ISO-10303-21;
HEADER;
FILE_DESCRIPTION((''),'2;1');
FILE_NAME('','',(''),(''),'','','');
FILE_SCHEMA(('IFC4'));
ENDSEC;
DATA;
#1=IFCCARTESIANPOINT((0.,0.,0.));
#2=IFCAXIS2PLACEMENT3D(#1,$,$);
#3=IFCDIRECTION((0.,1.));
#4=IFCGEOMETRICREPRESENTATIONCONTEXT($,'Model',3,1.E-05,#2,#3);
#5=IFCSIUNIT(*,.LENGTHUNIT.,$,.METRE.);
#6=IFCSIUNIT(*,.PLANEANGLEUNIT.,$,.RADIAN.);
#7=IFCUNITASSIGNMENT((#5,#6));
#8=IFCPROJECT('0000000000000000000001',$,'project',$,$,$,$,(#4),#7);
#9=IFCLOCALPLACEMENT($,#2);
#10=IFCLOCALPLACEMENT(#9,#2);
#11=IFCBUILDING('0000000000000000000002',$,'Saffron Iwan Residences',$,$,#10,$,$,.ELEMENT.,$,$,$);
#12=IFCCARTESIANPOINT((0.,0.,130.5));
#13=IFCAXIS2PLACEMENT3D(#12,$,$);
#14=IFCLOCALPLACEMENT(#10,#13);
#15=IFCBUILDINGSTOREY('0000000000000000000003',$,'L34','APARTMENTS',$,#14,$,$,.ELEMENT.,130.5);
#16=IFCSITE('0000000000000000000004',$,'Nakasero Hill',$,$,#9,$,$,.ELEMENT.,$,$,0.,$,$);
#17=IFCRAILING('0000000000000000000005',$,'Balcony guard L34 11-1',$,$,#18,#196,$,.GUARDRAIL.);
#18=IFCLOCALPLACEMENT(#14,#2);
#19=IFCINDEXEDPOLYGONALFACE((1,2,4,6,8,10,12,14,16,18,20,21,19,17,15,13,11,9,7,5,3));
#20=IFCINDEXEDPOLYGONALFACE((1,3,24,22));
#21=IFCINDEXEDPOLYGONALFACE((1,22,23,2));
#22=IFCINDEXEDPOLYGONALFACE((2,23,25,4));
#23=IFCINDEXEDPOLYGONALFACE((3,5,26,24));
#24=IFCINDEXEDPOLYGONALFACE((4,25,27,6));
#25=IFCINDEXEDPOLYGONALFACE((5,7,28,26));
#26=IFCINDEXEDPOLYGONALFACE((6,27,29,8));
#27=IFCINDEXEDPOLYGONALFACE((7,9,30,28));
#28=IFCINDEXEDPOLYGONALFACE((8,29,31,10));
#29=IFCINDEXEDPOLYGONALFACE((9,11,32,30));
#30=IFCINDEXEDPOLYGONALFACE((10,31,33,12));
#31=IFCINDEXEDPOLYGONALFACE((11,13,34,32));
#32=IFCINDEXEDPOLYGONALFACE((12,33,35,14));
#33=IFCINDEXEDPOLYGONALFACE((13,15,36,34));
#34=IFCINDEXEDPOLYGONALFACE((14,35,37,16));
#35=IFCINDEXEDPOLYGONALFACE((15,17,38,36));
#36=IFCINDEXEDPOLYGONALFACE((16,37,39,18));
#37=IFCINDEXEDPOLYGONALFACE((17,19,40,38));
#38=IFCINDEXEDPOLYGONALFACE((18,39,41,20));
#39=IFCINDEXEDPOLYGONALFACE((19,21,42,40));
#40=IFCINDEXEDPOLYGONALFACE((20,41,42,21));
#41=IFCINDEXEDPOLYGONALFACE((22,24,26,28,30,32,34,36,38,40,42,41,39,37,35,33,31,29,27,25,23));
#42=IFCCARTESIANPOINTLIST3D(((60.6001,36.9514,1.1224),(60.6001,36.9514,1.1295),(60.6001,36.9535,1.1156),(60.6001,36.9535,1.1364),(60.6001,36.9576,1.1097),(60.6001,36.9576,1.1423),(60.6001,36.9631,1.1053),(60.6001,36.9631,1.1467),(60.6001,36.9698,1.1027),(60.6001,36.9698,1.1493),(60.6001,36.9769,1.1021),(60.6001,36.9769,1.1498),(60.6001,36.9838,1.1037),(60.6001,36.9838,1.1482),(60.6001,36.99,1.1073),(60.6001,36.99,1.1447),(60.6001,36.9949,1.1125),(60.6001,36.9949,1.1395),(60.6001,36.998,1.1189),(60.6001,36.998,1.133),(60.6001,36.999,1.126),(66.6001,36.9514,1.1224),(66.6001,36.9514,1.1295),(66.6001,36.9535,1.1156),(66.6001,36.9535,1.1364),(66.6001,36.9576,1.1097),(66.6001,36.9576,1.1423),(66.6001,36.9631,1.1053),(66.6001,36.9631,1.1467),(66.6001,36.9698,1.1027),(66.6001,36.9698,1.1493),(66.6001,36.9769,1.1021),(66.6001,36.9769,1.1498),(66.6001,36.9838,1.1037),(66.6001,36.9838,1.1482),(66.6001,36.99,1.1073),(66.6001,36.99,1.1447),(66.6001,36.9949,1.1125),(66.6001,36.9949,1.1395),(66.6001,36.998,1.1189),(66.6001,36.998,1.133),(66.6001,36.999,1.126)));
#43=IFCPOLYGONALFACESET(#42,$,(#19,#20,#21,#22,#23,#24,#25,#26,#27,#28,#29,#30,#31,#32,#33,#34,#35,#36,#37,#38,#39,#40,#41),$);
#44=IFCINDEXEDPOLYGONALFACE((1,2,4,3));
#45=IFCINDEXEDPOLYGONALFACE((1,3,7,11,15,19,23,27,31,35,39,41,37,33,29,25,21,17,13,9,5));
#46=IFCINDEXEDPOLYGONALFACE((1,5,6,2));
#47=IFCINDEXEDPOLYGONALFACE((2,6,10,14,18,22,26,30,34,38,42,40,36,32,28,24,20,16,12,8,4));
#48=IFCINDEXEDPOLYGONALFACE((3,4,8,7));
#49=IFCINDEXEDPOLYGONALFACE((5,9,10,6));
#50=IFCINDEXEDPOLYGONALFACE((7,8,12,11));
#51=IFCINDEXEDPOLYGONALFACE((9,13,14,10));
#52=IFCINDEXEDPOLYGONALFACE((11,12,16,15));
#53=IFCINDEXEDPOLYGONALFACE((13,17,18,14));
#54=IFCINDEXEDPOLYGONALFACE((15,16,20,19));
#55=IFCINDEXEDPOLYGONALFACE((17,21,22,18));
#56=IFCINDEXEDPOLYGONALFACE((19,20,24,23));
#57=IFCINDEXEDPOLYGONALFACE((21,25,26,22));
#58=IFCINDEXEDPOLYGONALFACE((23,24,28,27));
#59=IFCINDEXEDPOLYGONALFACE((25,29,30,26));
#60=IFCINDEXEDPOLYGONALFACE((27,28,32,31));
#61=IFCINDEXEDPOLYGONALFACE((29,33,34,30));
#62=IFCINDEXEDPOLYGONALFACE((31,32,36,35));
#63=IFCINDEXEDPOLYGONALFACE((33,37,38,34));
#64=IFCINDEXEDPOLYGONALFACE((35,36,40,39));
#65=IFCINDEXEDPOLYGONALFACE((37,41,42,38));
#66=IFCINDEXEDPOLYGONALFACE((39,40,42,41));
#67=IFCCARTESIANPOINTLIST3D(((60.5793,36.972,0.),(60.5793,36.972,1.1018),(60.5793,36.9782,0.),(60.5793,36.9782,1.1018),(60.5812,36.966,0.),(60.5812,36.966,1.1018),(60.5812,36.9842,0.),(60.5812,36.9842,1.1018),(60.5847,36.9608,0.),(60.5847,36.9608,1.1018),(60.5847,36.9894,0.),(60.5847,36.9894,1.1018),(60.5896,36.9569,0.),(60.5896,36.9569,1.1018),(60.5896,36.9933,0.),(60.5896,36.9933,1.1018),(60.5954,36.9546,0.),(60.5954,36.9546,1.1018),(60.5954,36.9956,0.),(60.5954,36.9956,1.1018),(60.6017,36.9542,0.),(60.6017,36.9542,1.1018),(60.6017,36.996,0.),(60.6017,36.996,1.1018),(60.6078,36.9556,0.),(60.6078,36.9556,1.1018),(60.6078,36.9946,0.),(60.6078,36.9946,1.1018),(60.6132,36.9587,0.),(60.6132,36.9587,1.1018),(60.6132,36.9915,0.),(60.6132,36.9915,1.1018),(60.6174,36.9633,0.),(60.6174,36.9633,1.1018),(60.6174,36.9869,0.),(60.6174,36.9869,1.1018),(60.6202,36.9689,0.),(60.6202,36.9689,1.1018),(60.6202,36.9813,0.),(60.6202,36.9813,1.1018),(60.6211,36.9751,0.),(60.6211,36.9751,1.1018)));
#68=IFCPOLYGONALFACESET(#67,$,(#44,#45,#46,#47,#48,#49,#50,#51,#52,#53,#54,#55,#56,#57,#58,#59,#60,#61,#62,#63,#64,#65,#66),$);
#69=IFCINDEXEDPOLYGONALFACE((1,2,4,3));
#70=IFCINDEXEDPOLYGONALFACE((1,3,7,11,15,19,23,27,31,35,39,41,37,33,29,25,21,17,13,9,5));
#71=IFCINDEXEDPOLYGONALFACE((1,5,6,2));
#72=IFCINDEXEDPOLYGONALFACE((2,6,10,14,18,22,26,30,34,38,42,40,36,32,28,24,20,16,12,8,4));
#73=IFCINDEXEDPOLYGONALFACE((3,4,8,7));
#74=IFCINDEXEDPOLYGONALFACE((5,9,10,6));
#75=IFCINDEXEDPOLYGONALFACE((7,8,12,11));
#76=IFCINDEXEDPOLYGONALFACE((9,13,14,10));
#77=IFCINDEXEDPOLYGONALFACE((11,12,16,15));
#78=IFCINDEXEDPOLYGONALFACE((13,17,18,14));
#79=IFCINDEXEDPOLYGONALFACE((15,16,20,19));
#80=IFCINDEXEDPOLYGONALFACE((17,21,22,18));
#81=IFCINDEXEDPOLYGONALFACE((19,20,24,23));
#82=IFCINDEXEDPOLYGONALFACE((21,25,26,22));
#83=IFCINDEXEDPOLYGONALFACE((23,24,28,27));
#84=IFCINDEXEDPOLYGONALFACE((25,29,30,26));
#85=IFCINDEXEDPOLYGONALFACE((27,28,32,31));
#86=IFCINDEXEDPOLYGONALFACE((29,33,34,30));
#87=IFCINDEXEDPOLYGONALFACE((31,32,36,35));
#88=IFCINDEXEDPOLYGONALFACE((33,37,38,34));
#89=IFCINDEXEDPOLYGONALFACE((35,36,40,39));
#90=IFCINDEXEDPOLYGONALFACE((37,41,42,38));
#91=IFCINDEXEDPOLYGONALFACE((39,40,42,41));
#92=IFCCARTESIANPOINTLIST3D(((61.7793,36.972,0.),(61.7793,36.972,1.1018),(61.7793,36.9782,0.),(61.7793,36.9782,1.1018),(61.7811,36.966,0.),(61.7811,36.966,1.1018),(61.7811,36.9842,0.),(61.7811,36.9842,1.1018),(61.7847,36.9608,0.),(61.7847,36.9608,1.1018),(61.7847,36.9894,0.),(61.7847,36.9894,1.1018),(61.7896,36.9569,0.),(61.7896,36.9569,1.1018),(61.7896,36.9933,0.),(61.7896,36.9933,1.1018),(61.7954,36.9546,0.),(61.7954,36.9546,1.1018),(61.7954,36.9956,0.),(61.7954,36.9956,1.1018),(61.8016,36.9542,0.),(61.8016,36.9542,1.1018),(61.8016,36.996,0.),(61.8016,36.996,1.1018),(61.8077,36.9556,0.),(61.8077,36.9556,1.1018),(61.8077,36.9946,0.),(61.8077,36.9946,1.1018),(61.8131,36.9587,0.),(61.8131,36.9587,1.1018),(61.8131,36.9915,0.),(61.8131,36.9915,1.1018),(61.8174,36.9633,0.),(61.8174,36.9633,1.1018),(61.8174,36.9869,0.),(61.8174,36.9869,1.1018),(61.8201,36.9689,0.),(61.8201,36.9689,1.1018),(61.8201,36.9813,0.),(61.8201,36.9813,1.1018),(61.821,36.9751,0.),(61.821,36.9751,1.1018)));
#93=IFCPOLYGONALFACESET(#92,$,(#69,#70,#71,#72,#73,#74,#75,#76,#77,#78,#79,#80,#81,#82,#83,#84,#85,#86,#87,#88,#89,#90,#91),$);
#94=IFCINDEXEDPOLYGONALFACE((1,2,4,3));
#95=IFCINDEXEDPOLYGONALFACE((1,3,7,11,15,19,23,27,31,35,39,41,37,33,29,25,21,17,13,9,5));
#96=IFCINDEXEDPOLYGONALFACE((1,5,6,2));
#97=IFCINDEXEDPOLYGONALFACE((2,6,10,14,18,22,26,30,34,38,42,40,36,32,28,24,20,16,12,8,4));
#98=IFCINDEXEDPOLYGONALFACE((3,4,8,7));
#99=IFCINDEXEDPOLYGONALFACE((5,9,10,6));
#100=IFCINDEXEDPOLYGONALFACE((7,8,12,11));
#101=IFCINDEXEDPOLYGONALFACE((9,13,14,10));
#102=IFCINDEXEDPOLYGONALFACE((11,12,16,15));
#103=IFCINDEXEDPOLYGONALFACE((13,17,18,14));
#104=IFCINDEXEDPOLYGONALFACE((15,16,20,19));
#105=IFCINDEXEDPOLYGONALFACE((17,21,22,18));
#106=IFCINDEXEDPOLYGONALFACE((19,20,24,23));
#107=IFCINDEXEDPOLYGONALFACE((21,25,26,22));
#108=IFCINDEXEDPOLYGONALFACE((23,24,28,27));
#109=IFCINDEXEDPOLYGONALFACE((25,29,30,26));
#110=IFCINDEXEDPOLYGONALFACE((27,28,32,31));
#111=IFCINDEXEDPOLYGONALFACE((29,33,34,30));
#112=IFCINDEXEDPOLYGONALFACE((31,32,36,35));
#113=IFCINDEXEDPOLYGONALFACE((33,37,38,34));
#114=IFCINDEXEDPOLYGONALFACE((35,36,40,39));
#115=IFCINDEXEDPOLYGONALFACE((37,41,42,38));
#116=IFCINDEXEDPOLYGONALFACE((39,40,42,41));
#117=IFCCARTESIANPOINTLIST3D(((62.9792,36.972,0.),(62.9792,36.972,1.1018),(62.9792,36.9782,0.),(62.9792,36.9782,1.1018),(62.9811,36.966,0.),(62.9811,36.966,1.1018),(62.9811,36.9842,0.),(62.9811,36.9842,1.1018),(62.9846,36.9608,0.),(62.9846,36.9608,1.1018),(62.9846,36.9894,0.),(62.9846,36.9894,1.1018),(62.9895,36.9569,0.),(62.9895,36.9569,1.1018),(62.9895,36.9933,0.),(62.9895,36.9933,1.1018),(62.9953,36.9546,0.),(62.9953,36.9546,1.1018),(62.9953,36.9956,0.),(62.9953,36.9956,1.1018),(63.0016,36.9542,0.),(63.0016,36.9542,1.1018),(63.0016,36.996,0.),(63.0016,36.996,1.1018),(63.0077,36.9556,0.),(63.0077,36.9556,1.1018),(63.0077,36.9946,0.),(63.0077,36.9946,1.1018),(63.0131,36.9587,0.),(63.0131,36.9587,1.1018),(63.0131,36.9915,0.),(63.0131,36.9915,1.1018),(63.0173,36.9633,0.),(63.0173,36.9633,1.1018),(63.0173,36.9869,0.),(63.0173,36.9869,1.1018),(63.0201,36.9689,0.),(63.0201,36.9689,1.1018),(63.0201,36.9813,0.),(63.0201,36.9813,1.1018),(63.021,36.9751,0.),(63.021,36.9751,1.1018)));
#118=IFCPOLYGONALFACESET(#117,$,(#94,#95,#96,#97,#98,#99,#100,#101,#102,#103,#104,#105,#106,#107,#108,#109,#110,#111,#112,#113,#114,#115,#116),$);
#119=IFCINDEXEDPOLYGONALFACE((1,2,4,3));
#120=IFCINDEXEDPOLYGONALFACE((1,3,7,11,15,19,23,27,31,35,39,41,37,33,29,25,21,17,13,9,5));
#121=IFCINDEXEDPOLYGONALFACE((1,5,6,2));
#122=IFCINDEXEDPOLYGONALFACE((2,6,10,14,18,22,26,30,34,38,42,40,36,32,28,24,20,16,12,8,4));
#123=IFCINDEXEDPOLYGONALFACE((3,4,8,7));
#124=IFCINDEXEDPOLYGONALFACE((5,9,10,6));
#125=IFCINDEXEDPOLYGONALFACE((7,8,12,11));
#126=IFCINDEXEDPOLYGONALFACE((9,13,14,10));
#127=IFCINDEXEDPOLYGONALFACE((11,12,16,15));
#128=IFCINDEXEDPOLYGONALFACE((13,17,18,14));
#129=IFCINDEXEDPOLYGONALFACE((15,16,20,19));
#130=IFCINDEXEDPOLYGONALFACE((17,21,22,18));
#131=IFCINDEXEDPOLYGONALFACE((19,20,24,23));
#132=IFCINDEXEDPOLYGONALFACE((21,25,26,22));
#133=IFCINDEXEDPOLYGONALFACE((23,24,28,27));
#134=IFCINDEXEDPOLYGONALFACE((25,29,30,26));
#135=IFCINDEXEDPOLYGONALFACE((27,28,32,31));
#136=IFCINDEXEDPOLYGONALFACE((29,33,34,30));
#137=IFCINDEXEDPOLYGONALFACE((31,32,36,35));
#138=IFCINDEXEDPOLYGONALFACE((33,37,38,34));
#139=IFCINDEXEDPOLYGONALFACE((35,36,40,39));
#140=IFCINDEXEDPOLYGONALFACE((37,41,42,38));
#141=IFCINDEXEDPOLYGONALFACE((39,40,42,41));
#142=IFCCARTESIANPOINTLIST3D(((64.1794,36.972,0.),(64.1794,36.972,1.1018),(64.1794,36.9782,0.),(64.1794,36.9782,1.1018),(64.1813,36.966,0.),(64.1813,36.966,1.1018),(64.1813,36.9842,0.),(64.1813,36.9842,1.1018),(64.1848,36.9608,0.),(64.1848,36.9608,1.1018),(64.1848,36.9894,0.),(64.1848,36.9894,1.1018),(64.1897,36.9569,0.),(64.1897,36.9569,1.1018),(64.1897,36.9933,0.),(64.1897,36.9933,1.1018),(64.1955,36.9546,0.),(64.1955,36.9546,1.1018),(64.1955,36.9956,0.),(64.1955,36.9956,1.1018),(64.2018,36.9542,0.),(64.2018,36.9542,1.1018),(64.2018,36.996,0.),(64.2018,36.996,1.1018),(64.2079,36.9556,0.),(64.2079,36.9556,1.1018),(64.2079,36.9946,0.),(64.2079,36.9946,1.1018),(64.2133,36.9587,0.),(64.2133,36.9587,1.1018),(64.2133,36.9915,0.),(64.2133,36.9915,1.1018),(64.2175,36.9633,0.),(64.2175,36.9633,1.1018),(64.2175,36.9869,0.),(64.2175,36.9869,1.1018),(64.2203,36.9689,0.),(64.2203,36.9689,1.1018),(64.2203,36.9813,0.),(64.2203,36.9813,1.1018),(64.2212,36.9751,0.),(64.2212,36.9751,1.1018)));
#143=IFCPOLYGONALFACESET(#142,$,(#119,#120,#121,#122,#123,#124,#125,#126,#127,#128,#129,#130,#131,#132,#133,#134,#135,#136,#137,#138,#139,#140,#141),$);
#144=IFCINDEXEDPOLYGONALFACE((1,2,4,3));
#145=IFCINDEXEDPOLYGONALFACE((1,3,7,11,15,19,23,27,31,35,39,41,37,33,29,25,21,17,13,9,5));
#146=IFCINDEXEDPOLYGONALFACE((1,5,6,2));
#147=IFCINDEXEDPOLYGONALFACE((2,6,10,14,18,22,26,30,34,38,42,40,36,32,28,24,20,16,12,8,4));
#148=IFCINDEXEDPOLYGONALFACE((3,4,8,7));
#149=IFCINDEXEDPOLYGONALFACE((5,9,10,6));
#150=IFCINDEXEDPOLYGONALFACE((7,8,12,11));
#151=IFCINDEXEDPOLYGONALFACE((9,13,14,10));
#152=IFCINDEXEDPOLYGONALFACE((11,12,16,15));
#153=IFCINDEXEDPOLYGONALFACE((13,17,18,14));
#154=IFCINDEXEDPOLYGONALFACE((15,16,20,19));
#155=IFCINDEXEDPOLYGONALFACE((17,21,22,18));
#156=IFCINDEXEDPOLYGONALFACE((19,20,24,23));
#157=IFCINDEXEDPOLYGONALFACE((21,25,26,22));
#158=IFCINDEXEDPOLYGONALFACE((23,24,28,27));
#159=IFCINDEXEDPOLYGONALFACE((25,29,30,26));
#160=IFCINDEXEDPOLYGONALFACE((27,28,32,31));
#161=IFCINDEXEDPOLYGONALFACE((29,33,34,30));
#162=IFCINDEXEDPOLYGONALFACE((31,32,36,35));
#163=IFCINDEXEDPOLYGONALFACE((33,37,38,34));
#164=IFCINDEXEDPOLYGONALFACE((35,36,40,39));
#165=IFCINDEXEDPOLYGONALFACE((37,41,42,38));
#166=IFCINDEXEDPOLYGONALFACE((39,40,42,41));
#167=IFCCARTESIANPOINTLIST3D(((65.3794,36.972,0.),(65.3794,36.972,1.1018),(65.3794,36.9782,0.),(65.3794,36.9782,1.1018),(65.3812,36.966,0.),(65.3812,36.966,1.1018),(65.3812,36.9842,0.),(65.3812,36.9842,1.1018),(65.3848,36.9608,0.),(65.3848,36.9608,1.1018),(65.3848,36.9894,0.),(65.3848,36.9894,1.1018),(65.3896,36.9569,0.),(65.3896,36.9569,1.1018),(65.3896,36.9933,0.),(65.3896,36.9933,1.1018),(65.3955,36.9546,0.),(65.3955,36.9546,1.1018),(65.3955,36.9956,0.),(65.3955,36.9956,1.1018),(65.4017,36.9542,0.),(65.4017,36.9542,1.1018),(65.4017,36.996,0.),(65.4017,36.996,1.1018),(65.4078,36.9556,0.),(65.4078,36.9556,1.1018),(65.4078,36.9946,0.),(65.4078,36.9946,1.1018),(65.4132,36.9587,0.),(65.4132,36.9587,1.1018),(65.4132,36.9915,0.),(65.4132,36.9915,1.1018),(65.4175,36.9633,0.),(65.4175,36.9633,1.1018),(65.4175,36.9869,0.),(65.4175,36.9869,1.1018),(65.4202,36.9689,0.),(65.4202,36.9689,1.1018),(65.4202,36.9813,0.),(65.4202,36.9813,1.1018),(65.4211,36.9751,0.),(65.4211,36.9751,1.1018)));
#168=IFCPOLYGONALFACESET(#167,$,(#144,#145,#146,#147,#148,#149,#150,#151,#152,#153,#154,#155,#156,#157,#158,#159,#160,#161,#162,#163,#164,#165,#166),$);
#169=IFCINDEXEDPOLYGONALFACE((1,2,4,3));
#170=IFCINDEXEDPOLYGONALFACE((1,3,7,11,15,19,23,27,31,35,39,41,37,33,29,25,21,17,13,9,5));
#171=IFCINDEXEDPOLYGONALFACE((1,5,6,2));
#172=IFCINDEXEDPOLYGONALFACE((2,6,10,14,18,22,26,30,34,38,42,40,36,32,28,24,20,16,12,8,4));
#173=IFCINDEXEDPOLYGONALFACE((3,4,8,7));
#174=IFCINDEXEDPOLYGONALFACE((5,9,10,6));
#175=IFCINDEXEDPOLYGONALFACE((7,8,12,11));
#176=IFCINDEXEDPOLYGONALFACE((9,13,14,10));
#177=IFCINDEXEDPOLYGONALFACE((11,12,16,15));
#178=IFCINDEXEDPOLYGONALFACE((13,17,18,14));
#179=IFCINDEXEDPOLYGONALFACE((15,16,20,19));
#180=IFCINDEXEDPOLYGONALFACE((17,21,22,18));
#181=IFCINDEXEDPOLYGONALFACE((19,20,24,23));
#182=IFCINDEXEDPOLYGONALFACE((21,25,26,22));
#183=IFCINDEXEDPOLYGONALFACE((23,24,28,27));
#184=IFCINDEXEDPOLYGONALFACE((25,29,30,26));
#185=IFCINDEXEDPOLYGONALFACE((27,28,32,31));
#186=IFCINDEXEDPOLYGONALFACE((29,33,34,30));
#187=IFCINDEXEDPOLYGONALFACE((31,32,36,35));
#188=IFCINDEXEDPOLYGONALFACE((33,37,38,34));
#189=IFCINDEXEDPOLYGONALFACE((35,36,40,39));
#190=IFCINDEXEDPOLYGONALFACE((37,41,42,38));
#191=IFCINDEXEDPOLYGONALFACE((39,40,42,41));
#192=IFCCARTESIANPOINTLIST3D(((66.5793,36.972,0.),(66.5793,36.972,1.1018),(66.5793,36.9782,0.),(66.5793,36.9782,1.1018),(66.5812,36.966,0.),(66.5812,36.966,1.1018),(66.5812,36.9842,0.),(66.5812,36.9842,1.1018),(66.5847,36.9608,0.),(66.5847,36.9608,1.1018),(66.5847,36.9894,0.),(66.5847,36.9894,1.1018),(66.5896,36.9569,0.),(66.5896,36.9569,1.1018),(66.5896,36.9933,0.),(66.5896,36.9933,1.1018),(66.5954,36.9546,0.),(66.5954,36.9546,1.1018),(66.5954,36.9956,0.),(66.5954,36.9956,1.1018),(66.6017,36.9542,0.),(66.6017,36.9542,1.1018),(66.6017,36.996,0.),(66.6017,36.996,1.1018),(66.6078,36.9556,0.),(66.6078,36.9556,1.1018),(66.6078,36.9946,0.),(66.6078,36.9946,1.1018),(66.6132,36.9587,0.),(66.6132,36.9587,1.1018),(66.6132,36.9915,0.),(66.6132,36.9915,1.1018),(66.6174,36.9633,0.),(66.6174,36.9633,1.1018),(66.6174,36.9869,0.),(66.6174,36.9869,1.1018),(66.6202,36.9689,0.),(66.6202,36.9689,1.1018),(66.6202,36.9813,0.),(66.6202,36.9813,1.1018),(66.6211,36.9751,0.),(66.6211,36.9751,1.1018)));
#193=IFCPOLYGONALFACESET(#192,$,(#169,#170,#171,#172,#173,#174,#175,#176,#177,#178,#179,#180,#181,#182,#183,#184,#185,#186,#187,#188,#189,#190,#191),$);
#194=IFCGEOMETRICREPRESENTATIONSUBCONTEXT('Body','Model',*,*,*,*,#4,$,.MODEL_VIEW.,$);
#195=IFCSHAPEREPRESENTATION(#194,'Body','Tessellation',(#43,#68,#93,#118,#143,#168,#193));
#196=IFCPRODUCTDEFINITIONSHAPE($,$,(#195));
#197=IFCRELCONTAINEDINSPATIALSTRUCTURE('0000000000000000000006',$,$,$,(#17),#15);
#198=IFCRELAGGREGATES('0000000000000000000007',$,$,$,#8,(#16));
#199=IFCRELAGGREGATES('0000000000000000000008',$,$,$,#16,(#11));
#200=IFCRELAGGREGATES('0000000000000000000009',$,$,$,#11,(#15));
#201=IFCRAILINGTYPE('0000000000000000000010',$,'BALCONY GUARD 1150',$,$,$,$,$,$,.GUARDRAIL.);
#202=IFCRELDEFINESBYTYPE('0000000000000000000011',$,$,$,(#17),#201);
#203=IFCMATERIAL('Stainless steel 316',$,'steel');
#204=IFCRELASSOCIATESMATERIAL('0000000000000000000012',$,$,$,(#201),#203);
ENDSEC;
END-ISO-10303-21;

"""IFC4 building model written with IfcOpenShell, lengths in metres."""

from ifc_helpers import new_model, si_unit, direction, frame, origin, origin_2d, place, context, subcontext, project, spatial, circle, extrude, material, type_object, element, save


model = new_model("IFC4")

# Units and contexts
model_context = context("Model", 3, precision=1e-05, world=origin(), true_north=direction((0.0, 1.0)))
body_context = subcontext(model_context, "Body", "Model", "MODEL_VIEW")
ifc_project = project(units=[si_unit("LENGTHUNIT", "METRE"), si_unit("PLANEANGLEUNIT", "RADIAN")], contexts=[model_context])

# Site, building, storey
site_placement = place(None, origin())
site = spatial("IfcSite", under=ifc_project, at=site_placement, Name="Nakasero Hill", CompositionType="ELEMENT", RefElevation=0.0)
building_placement = place(site_placement, origin())
building = spatial("IfcBuilding", under=site, at=building_placement, Name="Saffron Iwan Residences", CompositionType="ELEMENT")
storey_placement = place(building_placement, frame((0.0, 0.0, 130.5)))
storey = spatial("IfcBuildingStorey", under=building, at=storey_placement, Name="L34", Description="APARTMENTS", CompositionType="ELEMENT", Elevation=130.5)

# Railing
ifc_material_1 = material(Name="Stainless steel 316", Category="steel")
railing_type = type_object("IfcRailingType", Name="BALCONY GUARD 1150", PredefinedType="GUARDRAIL", material=ifc_material_1)
railing_placement = place(storey_placement, frame((60.6001, 36.9751, 0.0)))
element("IfcRailing", 1, at=railing_placement, inside=storey, type_object=railing_type, Name="Balcony guard L34 11-1", PredefinedType="GUARDRAIL", context=body_context, shape_type="SweptSolid", body=[
    extrude(circle(Radius=0.0239, at=origin_2d()), frame((0.0, 0.0, 1.126), z_axis=(1.0, 0.0, 0.0), x_axis=(0.0, 1.0, 0.0)), (0.0, 0.0, 1.0), 6.0),
    extrude(circle(Radius=0.021, at=origin_2d()), origin(), (0.0, 0.0, 1.0), 1.1018),
    extrude(circle(Radius=0.021, at=origin_2d()), frame((1.2, 0.0, 0.0)), (0.0, 0.0, 1.0), 1.1018),
    extrude(circle(Radius=0.021, at=origin_2d()), frame((2.3999, 0.0, 0.0)), (0.0, 0.0, 1.0), 1.1018),
    extrude(circle(Radius=0.021, at=origin_2d()), frame((3.6001, 0.0, 0.0)), (0.0, 0.0, 1.0), 1.1018),
    extrude(circle(Radius=0.021, at=origin_2d()), frame((4.8, 0.0, 0.0)), (0.0, 0.0, 1.0), 1.1018),
    extrude(circle(Radius=0.021, at=origin_2d()), frame((6.0, 0.0, 0.0)), (0.0, 0.0, 1.0), 1.1018),
])

save(model, "model.ifc")
